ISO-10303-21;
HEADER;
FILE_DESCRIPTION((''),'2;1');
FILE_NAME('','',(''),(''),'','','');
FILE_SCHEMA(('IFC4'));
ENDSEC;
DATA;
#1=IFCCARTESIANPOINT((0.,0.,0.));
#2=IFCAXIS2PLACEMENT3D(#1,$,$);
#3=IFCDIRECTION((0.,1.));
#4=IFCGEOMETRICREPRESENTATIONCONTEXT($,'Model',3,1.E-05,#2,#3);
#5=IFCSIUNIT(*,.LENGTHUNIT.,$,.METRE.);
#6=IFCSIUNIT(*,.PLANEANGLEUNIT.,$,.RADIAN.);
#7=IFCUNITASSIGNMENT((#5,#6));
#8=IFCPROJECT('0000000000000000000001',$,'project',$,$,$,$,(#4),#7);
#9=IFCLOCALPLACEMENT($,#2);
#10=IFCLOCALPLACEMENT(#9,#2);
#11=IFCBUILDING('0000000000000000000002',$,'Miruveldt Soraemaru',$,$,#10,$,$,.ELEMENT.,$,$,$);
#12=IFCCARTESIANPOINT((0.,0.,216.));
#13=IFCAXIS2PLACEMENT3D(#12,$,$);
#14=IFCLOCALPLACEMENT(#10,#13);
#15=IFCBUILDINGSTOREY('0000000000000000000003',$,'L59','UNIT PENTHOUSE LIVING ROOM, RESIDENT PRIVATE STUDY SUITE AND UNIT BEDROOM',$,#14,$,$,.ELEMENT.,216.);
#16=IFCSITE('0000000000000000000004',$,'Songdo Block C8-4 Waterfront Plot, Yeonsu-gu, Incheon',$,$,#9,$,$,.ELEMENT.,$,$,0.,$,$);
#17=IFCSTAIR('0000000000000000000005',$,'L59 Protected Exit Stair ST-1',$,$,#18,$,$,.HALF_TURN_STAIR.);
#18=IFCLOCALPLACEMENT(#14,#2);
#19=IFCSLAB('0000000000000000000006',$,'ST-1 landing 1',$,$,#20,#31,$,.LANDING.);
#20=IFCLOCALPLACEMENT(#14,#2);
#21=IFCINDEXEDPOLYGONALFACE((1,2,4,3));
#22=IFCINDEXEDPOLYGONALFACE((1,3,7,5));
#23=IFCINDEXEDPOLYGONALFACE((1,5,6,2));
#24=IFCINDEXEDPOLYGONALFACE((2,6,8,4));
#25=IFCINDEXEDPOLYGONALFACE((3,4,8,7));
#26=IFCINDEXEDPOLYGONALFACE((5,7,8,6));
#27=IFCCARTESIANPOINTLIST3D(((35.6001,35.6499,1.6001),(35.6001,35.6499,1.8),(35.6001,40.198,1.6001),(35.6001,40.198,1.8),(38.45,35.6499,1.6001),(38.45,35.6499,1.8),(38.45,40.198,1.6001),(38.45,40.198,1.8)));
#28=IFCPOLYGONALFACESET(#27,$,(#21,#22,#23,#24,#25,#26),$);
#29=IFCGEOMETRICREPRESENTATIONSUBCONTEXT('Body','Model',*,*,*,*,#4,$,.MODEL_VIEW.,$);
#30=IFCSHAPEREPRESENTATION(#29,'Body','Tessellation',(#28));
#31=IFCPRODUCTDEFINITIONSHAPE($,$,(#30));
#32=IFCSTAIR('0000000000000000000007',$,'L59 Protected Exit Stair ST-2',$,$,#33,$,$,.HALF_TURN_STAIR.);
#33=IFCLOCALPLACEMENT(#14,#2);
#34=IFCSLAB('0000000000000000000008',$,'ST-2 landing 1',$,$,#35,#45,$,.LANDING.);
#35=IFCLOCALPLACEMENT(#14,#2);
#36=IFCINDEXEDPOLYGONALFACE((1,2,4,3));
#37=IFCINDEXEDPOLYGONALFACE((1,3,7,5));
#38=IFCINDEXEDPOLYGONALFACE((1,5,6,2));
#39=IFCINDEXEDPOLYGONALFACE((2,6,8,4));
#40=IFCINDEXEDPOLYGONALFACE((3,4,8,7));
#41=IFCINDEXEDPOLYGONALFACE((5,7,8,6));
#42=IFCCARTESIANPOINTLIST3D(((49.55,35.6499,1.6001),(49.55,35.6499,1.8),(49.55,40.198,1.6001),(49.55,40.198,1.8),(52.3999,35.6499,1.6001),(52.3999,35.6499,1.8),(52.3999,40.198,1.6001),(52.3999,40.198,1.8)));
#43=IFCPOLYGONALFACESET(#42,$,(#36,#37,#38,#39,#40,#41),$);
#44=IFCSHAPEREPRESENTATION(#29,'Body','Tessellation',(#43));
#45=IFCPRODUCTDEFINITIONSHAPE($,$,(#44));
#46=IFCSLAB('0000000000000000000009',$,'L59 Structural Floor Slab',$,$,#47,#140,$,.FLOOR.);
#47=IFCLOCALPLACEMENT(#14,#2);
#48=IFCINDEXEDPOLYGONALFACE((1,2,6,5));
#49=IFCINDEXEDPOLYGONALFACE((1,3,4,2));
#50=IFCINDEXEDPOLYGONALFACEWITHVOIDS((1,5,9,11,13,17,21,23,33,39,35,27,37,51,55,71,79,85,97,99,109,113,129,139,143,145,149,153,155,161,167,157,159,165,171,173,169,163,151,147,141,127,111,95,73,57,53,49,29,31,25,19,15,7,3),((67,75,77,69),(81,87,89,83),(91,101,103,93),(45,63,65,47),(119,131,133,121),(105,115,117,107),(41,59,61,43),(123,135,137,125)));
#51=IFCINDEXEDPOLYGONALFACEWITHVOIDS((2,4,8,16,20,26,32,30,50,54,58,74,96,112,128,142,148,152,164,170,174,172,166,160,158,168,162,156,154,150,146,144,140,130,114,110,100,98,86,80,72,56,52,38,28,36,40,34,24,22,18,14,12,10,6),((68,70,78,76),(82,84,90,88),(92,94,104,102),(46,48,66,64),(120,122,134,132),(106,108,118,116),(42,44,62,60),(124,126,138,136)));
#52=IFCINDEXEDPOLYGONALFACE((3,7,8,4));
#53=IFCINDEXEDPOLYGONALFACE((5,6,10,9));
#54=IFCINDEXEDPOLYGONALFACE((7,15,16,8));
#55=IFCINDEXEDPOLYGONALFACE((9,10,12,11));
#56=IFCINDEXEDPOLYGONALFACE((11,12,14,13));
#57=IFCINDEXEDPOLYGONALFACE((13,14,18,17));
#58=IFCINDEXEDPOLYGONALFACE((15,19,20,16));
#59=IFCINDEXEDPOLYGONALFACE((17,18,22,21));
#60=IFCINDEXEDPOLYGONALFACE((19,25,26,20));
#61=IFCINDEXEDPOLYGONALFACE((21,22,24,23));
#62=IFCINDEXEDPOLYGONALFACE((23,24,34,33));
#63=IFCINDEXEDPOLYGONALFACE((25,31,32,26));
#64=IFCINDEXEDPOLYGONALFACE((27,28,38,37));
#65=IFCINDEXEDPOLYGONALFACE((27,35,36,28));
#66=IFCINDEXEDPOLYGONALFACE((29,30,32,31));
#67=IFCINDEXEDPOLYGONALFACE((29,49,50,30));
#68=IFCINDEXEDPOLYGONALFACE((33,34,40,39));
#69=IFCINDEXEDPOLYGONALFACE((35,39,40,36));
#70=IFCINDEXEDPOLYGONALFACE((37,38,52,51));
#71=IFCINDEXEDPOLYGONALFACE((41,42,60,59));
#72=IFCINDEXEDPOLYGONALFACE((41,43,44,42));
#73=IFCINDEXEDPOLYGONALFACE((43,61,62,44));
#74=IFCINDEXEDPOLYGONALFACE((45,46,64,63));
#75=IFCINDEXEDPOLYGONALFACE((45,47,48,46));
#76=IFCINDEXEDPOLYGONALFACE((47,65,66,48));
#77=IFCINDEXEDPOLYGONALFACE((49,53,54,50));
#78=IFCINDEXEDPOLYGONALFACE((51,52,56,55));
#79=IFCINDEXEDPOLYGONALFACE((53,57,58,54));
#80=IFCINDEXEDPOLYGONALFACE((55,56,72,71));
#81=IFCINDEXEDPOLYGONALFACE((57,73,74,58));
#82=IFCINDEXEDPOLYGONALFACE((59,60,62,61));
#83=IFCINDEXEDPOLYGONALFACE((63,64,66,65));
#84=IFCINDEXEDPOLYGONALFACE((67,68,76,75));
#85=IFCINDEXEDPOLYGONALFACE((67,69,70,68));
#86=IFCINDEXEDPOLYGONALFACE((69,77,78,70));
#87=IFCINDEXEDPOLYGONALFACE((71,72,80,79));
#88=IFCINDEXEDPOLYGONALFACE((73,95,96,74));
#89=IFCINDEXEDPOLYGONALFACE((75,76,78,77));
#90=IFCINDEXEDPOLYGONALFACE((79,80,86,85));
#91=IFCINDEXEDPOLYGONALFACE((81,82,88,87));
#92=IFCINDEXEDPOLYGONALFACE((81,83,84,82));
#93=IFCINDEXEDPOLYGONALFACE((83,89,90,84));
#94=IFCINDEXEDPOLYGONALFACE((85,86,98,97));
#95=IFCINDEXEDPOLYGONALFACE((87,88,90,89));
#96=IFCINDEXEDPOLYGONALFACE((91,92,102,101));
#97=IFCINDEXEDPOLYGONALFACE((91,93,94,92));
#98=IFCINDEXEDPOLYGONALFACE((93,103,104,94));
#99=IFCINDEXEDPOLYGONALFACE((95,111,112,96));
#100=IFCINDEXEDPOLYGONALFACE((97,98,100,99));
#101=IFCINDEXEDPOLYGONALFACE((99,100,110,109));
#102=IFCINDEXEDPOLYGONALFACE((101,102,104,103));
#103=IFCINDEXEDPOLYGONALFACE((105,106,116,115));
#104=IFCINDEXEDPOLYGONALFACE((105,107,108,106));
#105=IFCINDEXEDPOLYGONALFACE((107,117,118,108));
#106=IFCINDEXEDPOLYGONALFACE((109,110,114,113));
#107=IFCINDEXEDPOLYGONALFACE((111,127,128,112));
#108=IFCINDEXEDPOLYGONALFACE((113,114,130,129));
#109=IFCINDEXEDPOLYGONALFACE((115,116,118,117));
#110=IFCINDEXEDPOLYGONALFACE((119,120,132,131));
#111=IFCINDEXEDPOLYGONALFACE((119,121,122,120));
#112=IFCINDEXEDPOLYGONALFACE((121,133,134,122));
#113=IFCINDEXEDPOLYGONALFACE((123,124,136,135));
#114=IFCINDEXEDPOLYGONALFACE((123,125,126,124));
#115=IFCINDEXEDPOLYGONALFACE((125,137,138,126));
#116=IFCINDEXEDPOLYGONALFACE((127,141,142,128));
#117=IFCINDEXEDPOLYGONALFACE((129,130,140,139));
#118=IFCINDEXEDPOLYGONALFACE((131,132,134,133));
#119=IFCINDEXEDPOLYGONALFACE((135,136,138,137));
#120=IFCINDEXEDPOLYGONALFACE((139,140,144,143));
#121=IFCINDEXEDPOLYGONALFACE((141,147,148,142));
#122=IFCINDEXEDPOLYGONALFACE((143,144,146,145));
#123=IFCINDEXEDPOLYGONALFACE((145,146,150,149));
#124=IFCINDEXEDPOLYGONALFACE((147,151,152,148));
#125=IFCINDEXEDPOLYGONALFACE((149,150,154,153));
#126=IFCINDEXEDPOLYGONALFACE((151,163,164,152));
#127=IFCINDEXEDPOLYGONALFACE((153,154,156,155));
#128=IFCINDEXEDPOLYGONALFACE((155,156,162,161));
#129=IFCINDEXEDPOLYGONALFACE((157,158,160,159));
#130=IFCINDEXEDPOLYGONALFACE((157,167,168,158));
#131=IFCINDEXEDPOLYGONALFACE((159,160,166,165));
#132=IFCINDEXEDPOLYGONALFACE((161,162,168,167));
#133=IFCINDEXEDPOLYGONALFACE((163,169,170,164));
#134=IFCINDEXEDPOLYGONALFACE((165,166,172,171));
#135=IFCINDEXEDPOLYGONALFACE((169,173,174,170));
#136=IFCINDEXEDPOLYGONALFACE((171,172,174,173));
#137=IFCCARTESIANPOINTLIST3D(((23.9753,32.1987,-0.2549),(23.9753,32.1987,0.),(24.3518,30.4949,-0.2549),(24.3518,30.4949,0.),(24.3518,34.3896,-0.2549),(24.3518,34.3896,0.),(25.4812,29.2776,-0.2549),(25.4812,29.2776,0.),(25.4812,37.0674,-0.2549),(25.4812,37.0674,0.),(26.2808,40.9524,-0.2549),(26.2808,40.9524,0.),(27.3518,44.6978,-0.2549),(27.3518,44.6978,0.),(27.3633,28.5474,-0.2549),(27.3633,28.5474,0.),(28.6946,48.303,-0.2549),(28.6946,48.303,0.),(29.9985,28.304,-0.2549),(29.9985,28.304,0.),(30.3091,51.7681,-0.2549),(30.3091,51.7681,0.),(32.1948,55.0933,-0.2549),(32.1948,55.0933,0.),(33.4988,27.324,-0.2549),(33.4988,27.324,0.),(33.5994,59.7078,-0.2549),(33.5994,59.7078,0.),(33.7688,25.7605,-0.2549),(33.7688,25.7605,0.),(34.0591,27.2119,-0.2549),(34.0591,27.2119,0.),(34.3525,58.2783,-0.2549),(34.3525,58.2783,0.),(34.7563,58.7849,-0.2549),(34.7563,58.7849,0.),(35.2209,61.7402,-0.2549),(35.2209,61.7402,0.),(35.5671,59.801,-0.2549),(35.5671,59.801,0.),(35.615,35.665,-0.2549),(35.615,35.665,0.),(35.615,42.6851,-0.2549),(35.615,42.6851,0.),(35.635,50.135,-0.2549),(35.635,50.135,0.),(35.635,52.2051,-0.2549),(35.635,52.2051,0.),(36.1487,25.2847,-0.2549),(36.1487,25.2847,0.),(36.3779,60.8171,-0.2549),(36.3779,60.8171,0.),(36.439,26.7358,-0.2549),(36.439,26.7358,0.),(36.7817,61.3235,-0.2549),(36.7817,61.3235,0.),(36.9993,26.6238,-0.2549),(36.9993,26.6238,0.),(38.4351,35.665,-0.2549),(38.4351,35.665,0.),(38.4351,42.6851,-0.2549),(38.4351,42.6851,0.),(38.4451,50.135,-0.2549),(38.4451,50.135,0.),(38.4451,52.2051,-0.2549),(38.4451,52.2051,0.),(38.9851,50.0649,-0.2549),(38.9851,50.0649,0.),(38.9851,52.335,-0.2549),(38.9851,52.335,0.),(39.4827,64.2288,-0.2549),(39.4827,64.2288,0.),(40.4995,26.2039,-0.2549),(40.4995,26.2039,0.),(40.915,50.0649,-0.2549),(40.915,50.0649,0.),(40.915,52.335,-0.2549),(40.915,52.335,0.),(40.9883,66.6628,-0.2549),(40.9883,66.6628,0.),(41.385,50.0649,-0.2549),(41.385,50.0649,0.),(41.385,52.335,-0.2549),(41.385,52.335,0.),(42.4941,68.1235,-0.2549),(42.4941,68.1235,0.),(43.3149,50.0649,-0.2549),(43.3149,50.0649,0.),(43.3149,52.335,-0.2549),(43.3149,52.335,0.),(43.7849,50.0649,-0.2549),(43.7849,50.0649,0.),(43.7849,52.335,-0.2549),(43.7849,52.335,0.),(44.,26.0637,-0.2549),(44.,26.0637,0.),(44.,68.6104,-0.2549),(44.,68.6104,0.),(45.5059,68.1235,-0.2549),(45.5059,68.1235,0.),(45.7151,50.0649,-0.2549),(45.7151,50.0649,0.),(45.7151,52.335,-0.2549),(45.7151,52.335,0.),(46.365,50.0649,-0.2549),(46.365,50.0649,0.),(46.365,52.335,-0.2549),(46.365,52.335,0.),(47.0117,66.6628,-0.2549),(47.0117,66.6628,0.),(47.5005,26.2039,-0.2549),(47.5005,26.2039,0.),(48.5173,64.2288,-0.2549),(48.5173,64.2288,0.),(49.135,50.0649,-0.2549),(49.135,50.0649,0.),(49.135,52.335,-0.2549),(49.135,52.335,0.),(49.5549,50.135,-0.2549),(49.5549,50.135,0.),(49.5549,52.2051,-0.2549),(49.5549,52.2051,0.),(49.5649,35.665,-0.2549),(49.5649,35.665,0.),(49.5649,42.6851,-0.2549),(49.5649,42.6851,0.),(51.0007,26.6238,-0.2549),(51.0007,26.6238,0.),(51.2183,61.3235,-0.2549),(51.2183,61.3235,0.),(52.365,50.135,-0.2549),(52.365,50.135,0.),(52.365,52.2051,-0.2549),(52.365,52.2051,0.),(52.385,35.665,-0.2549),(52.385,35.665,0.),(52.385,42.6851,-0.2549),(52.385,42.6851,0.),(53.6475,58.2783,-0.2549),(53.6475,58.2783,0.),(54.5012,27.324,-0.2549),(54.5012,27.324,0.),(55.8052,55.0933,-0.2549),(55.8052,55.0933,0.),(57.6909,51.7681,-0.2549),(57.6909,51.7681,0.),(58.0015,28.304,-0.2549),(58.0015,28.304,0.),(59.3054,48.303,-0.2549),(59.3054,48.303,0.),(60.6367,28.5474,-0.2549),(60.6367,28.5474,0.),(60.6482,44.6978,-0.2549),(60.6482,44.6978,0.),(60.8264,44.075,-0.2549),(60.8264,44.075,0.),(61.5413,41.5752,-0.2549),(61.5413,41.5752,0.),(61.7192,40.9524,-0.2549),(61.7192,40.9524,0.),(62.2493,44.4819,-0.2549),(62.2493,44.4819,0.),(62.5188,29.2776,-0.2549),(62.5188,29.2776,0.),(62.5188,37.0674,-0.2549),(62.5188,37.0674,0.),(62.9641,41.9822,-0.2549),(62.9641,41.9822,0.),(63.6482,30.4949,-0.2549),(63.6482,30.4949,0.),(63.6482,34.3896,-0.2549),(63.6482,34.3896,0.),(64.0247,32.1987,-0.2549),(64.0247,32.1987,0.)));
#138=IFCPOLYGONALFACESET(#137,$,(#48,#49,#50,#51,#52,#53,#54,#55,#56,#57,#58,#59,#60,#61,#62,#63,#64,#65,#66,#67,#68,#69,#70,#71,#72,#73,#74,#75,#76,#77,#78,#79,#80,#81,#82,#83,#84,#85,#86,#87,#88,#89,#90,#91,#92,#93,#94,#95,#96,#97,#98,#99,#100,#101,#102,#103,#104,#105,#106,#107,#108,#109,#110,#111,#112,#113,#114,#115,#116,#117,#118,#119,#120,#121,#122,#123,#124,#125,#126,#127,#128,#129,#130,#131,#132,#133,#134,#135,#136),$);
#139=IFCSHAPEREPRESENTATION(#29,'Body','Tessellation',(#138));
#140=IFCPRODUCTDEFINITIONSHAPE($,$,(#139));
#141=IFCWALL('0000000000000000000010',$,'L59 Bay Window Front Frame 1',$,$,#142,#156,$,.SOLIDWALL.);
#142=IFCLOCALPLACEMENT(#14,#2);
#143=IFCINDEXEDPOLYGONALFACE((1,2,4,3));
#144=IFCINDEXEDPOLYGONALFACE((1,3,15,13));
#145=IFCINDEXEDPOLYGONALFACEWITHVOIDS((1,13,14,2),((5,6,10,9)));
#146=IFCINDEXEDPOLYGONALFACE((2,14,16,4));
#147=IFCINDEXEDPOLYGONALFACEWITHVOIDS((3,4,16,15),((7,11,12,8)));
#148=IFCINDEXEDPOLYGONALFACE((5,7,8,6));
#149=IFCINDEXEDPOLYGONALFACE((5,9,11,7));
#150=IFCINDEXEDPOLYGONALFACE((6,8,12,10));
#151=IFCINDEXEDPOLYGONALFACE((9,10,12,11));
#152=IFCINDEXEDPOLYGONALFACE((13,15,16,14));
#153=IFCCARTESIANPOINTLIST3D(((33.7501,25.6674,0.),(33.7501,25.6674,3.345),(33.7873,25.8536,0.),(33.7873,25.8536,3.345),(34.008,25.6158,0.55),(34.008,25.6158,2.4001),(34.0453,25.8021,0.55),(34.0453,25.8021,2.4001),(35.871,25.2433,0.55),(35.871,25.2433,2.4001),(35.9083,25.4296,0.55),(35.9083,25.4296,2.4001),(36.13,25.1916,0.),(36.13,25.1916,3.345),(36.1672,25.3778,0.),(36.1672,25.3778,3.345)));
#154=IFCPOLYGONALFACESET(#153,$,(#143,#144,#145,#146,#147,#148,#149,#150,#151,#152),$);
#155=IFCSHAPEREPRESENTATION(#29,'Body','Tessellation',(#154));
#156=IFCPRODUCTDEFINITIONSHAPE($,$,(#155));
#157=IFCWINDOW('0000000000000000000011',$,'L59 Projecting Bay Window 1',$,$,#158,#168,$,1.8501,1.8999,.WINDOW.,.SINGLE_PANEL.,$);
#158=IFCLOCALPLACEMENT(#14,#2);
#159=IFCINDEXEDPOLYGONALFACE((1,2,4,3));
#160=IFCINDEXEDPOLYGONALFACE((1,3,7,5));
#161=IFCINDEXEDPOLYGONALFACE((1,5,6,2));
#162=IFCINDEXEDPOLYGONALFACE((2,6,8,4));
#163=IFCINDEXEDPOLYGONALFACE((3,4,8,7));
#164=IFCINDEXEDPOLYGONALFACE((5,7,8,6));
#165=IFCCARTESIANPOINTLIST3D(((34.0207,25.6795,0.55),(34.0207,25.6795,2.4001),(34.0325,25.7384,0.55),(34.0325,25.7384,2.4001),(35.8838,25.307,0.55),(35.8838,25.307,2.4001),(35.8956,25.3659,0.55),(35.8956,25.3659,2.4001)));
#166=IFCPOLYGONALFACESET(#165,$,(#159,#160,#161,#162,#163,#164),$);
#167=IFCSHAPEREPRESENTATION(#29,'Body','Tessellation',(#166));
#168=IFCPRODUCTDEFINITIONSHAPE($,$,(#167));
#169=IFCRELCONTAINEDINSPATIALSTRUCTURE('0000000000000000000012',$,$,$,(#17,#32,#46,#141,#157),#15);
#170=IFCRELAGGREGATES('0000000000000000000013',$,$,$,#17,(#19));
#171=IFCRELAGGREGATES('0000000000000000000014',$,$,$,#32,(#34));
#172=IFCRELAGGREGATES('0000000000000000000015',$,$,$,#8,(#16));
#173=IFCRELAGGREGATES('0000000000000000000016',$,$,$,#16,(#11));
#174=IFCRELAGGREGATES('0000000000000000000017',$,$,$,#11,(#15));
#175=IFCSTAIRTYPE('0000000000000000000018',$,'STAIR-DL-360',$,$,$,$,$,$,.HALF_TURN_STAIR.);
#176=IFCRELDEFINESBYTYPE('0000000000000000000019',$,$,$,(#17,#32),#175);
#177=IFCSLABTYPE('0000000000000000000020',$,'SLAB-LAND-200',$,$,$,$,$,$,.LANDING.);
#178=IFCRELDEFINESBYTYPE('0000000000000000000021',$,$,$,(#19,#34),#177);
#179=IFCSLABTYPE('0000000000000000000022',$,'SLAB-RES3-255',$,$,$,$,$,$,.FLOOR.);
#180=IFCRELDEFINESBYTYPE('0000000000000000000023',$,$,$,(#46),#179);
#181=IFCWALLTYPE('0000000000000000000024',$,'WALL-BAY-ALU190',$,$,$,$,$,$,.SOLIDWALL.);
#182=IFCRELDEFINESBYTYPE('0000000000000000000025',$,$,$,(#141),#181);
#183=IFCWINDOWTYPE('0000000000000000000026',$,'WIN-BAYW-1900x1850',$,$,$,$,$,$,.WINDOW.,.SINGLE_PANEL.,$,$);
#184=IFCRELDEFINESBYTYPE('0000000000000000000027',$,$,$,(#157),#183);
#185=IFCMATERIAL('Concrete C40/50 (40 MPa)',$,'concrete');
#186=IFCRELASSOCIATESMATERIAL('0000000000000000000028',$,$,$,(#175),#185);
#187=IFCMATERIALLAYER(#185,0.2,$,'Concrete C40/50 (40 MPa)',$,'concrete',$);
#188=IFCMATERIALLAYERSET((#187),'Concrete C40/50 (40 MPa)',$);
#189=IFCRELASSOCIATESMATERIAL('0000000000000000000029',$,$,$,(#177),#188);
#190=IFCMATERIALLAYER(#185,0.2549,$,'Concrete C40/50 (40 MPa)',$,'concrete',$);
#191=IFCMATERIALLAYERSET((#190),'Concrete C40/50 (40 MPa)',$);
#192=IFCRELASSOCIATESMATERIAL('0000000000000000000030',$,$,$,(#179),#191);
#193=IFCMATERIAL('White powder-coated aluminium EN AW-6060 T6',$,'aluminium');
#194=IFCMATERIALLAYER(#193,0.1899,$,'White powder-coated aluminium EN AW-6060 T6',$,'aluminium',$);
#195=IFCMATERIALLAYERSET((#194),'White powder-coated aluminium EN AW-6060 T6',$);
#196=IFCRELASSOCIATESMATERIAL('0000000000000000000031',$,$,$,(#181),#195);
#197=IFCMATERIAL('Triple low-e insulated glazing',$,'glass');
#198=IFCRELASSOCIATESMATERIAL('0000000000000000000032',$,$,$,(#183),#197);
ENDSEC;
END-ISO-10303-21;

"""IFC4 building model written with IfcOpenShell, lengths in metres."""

from ifc_helpers import new_model, si_unit, direction, frame, frame_2d, origin, place, context, subcontext, project, spatial, polyline, rectangle, outline, extrude, material, layer, layer_set, type_object, element, fill, aggregate, save


model = new_model("IFC4")

# Units and contexts
model_context = context("Model", 3, precision=1e-05, world=origin(), true_north=direction((0.0, 1.0)))
body_context = subcontext(model_context, "Body", "Model", "MODEL_VIEW")
ifc_project = project(units=[si_unit("LENGTHUNIT", "METRE"), si_unit("PLANEANGLEUNIT", "RADIAN")], contexts=[model_context])

# Site, building, storey
site_placement = place(None, origin())
site = spatial("IfcSite", under=ifc_project, at=site_placement, Name="Songdo Block C8-4 Waterfront Plot, Yeonsu-gu, Incheon", CompositionType="ELEMENT", RefElevation=0.0)
building_placement = place(site_placement, origin())
building = spatial("IfcBuilding", under=site, at=building_placement, Name="Miruveldt Soraemaru", CompositionType="ELEMENT")
storey_placement = place(building_placement, frame((0.0, 0.0, 216.0)))
storey = spatial("IfcBuildingStorey", under=building, at=storey_placement, Name="L59", Description="UNIT PENTHOUSE LIVING ROOM, RESIDENT PRIVATE STUDY SUITE AND UNIT BEDROOM", CompositionType="ELEMENT", Elevation=216.0)

# Stairs, slabs
ifc_material_1 = material(Name="Concrete C40/50 (40 MPa)", Category="concrete")
stair_type = type_object("IfcStairType", Name="STAIR-DL-360", PredefinedType="HALF_TURN_STAIR", material=ifc_material_1)
stair_1_placement = place(storey_placement, origin())
stair_1 = element("IfcStair", 1, at=stair_1_placement, inside=storey, type_object=stair_type, Name="L59 Protected Exit Stair ST-1", PredefinedType="HALF_TURN_STAIR")
ifc_layer_1 = layer(ifc_material_1, 0.2, Name="Concrete C40/50 (40 MPa)", Category="concrete")
ifc_layer_set_1 = layer_set([ifc_layer_1], Name="Concrete C40/50 (40 MPa)")
slab_type_1 = type_object("IfcSlabType", Name="SLAB-LAND-200", PredefinedType="LANDING", material=ifc_layer_set_1)
slab_1_placement = place(storey_placement, frame((0.0, 0.0, 1.6001)))
slab_1 = element("IfcSlab", 2, at=slab_1_placement, type_object=slab_type_1, Name="ST-1 landing 1", PredefinedType="LANDING", context=body_context, shape_type="SweptSolid", body=[
    extrude(outline(polyline([(35.6001, 40.198), (35.6001, 35.6499), (38.45, 35.6499), (38.45, 40.198), (35.6001, 40.198)])), origin(), (0.0, 0.0, 1.0), 0.2),
])
aggregate(stair_1, [slab_1])
stair_2_placement = place(storey_placement, origin())
stair_2 = element("IfcStair", 3, at=stair_2_placement, inside=storey, type_object=stair_type, Name="L59 Protected Exit Stair ST-2", PredefinedType="HALF_TURN_STAIR")
slab_2_placement = place(storey_placement, frame((0.0, 0.0, 1.6001)))
slab_2 = element("IfcSlab", 4, at=slab_2_placement, type_object=slab_type_1, Name="ST-2 landing 1", PredefinedType="LANDING", context=body_context, shape_type="SweptSolid", body=[
    extrude(outline(polyline([(49.55, 40.198), (49.55, 35.6499), (52.3999, 35.6499), (52.3999, 40.198), (49.55, 40.198)])), origin(), (0.0, 0.0, 1.0), 0.2),
])
aggregate(stair_2, [slab_2])

# Slab
ifc_layer_2 = layer(ifc_material_1, 0.2549, Name="Concrete C40/50 (40 MPa)", Category="concrete")
ifc_layer_set_2 = layer_set([ifc_layer_2], Name="Concrete C40/50 (40 MPa)")
slab_type_2 = type_object("IfcSlabType", Name="SLAB-RES3-255", PredefinedType="FLOOR", material=ifc_layer_set_2)
slab_3_placement = place(storey_placement, frame((0.0, 0.0, -0.2549)))
element("IfcSlab", 5, at=slab_3_placement, inside=storey, type_object=slab_type_2, Name="L59 Structural Floor Slab", PredefinedType="FLOOR", context=body_context, shape_type="SweptSolid", body=[
    extrude(outline(polyline([(33.7688, 25.7605), (34.0591, 27.2119), (35.249, 26.9739), (33.4988, 27.324), (29.9985, 28.304), (27.3633, 28.5474), (25.4812, 29.2776), (24.3518, 30.4949), (23.9753, 32.1987), (24.3518, 34.3896), (25.4812, 37.0674), (26.2808, 40.9524), (27.3518, 44.6978), (28.6946, 48.303), (30.3091, 51.7681), (32.1948, 55.0933), (34.3525, 58.2783), (35.5671, 59.801), (34.7563, 58.7849), (33.5994, 59.7078), (35.2209, 61.7402), (36.3779, 60.8171), (36.7817, 61.3235), (39.4827, 64.2288), (40.9883, 66.6628), (42.4941, 68.1235), (44.0, 68.6104), (45.5059, 68.1235), (47.0117, 66.6628), (48.5173, 64.2288), (51.2183, 61.3235), (53.6475, 58.2783), (55.8052, 55.0933), (57.6909, 51.7681), (59.3054, 48.303), (60.6482, 44.6978), (60.8264, 44.075), (62.2493, 44.4819), (62.9641, 41.9822), (61.5413, 41.5752), (61.7192, 40.9524), (62.5188, 37.0674), (63.6482, 34.3896), (64.0247, 32.1987), (63.6482, 30.4949), (62.5188, 29.2776), (60.6367, 28.5474), (58.0015, 28.304), (54.5012, 27.324), (51.0007, 26.6238), (47.5005, 26.2039), (44.0, 26.0637), (40.4995, 26.2039), (36.9993, 26.6238), (36.439, 26.7358), (36.1487, 25.2847), (33.7688, 25.7605)]), holes=[polyline([(35.615, 35.665), (38.4351, 35.665), (38.4351, 42.6851), (35.615, 42.6851), (35.615, 35.665)]), polyline([(49.5649, 35.665), (52.385, 35.665), (52.385, 42.6851), (49.5649, 42.6851), (49.5649, 35.665)]), polyline([(38.4451, 50.135), (38.4451, 52.2051), (35.635, 52.2051), (35.635, 50.135), (38.4451, 50.135)]), polyline([(52.365, 50.135), (52.365, 52.2051), (49.5549, 52.2051), (49.5549, 50.135), (52.365, 50.135)]), polyline([(40.915, 50.0649), (40.915, 52.335), (38.9851, 52.335), (38.9851, 50.0649), (40.915, 50.0649)]), polyline([(43.3149, 50.0649), (43.3149, 52.335), (41.385, 52.335), (41.385, 50.0649), (43.3149, 50.0649)]), polyline([(45.7151, 50.0649), (45.7151, 52.335), (43.7849, 52.335), (43.7849, 50.0649), (45.7151, 50.0649)]), polyline([(49.135, 50.0649), (49.135, 52.335), (46.365, 52.335), (46.365, 50.0649), (49.135, 50.0649)])]), origin(), (0.0, 0.0, 1.0), 0.2549),
])

# Wall, opening, window
ifc_material_2 = material(Name="White powder-coated aluminium EN AW-6060 T6", Category="aluminium")
ifc_layer_3 = layer(ifc_material_2, 0.1899, Name="White powder-coated aluminium EN AW-6060 T6", Category="aluminium")
ifc_layer_set_3 = layer_set([ifc_layer_3], Name="White powder-coated aluminium EN AW-6060 T6")
wall_type_1 = type_object("IfcWallType", Name="WALL-BAY-ALU190", PredefinedType="SOLIDWALL", material=ifc_layer_set_3)
wall_1_placement = place(storey_placement, frame((33.7688, 25.7605, 0.0), z_axis=(0.0, 0.0, 1.0), x_axis=(0.980592, -0.196058, 0.0)))
wall_1 = element("IfcWall", 6, at=wall_1_placement, inside=storey, type_object=wall_type_1, Name="L59 Bay Window Front Frame 1", PredefinedType="SOLIDWALL", context=body_context, shape_type="SweptSolid", body=[
    extrude(rectangle(XDim=2.427, YDim=0.1899, at=frame_2d((1.2134, 0.0))), origin(), (0.0, 0.0, 1.0), 3.345),
])
opening_1_placement = place(wall_1_placement, frame((0.2629, 0.0, 0.55)))
opening_1 = element("IfcOpeningElement", 7, at=opening_1_placement, cuts=wall_1, PredefinedType="OPENING", context=body_context, shape_type="SweptSolid", body=[
    extrude(rectangle(XDim=1.8999, YDim=1.8501, at=frame_2d((0.95, 0.925))), frame((0.0, 0.105, 0.0), z_axis=(0.0, -1.0, 0.0), x_axis=(1.0, 0.0, 0.0)), (0.0, 0.0, 1.0), 0.21),
])
ifc_material_3 = material(Name="Triple low-e insulated glazing", Category="glass")
window_type_1 = type_object("IfcWindowType", Name="WIN-BAYW-1900x1850", PartitioningType="SINGLE_PANEL", PredefinedType="WINDOW", material=ifc_material_3)
window_1_placement = place(opening_1_placement, origin())
window_1 = element("IfcWindow", 8, at=window_1_placement, inside=storey, type_object=window_type_1, Name="L59 Projecting Bay Window 1", OverallHeight=1.8501, OverallWidth=1.8999, PartitioningType="SINGLE_PANEL", PredefinedType="WINDOW", context=body_context, shape_type="SweptSolid", body=[
    extrude(rectangle(XDim=1.8999, YDim=1.8501, at=frame_2d((0.95, 0.925))), frame((0.0, 0.03, 0.0), z_axis=(0.0, -1.0, 0.0), x_axis=(1.0, 0.0, 0.0)), (0.0, 0.0, 1.0), 0.0601),
])
fill(opening_1, window_1)

save(model, "model.ifc")
